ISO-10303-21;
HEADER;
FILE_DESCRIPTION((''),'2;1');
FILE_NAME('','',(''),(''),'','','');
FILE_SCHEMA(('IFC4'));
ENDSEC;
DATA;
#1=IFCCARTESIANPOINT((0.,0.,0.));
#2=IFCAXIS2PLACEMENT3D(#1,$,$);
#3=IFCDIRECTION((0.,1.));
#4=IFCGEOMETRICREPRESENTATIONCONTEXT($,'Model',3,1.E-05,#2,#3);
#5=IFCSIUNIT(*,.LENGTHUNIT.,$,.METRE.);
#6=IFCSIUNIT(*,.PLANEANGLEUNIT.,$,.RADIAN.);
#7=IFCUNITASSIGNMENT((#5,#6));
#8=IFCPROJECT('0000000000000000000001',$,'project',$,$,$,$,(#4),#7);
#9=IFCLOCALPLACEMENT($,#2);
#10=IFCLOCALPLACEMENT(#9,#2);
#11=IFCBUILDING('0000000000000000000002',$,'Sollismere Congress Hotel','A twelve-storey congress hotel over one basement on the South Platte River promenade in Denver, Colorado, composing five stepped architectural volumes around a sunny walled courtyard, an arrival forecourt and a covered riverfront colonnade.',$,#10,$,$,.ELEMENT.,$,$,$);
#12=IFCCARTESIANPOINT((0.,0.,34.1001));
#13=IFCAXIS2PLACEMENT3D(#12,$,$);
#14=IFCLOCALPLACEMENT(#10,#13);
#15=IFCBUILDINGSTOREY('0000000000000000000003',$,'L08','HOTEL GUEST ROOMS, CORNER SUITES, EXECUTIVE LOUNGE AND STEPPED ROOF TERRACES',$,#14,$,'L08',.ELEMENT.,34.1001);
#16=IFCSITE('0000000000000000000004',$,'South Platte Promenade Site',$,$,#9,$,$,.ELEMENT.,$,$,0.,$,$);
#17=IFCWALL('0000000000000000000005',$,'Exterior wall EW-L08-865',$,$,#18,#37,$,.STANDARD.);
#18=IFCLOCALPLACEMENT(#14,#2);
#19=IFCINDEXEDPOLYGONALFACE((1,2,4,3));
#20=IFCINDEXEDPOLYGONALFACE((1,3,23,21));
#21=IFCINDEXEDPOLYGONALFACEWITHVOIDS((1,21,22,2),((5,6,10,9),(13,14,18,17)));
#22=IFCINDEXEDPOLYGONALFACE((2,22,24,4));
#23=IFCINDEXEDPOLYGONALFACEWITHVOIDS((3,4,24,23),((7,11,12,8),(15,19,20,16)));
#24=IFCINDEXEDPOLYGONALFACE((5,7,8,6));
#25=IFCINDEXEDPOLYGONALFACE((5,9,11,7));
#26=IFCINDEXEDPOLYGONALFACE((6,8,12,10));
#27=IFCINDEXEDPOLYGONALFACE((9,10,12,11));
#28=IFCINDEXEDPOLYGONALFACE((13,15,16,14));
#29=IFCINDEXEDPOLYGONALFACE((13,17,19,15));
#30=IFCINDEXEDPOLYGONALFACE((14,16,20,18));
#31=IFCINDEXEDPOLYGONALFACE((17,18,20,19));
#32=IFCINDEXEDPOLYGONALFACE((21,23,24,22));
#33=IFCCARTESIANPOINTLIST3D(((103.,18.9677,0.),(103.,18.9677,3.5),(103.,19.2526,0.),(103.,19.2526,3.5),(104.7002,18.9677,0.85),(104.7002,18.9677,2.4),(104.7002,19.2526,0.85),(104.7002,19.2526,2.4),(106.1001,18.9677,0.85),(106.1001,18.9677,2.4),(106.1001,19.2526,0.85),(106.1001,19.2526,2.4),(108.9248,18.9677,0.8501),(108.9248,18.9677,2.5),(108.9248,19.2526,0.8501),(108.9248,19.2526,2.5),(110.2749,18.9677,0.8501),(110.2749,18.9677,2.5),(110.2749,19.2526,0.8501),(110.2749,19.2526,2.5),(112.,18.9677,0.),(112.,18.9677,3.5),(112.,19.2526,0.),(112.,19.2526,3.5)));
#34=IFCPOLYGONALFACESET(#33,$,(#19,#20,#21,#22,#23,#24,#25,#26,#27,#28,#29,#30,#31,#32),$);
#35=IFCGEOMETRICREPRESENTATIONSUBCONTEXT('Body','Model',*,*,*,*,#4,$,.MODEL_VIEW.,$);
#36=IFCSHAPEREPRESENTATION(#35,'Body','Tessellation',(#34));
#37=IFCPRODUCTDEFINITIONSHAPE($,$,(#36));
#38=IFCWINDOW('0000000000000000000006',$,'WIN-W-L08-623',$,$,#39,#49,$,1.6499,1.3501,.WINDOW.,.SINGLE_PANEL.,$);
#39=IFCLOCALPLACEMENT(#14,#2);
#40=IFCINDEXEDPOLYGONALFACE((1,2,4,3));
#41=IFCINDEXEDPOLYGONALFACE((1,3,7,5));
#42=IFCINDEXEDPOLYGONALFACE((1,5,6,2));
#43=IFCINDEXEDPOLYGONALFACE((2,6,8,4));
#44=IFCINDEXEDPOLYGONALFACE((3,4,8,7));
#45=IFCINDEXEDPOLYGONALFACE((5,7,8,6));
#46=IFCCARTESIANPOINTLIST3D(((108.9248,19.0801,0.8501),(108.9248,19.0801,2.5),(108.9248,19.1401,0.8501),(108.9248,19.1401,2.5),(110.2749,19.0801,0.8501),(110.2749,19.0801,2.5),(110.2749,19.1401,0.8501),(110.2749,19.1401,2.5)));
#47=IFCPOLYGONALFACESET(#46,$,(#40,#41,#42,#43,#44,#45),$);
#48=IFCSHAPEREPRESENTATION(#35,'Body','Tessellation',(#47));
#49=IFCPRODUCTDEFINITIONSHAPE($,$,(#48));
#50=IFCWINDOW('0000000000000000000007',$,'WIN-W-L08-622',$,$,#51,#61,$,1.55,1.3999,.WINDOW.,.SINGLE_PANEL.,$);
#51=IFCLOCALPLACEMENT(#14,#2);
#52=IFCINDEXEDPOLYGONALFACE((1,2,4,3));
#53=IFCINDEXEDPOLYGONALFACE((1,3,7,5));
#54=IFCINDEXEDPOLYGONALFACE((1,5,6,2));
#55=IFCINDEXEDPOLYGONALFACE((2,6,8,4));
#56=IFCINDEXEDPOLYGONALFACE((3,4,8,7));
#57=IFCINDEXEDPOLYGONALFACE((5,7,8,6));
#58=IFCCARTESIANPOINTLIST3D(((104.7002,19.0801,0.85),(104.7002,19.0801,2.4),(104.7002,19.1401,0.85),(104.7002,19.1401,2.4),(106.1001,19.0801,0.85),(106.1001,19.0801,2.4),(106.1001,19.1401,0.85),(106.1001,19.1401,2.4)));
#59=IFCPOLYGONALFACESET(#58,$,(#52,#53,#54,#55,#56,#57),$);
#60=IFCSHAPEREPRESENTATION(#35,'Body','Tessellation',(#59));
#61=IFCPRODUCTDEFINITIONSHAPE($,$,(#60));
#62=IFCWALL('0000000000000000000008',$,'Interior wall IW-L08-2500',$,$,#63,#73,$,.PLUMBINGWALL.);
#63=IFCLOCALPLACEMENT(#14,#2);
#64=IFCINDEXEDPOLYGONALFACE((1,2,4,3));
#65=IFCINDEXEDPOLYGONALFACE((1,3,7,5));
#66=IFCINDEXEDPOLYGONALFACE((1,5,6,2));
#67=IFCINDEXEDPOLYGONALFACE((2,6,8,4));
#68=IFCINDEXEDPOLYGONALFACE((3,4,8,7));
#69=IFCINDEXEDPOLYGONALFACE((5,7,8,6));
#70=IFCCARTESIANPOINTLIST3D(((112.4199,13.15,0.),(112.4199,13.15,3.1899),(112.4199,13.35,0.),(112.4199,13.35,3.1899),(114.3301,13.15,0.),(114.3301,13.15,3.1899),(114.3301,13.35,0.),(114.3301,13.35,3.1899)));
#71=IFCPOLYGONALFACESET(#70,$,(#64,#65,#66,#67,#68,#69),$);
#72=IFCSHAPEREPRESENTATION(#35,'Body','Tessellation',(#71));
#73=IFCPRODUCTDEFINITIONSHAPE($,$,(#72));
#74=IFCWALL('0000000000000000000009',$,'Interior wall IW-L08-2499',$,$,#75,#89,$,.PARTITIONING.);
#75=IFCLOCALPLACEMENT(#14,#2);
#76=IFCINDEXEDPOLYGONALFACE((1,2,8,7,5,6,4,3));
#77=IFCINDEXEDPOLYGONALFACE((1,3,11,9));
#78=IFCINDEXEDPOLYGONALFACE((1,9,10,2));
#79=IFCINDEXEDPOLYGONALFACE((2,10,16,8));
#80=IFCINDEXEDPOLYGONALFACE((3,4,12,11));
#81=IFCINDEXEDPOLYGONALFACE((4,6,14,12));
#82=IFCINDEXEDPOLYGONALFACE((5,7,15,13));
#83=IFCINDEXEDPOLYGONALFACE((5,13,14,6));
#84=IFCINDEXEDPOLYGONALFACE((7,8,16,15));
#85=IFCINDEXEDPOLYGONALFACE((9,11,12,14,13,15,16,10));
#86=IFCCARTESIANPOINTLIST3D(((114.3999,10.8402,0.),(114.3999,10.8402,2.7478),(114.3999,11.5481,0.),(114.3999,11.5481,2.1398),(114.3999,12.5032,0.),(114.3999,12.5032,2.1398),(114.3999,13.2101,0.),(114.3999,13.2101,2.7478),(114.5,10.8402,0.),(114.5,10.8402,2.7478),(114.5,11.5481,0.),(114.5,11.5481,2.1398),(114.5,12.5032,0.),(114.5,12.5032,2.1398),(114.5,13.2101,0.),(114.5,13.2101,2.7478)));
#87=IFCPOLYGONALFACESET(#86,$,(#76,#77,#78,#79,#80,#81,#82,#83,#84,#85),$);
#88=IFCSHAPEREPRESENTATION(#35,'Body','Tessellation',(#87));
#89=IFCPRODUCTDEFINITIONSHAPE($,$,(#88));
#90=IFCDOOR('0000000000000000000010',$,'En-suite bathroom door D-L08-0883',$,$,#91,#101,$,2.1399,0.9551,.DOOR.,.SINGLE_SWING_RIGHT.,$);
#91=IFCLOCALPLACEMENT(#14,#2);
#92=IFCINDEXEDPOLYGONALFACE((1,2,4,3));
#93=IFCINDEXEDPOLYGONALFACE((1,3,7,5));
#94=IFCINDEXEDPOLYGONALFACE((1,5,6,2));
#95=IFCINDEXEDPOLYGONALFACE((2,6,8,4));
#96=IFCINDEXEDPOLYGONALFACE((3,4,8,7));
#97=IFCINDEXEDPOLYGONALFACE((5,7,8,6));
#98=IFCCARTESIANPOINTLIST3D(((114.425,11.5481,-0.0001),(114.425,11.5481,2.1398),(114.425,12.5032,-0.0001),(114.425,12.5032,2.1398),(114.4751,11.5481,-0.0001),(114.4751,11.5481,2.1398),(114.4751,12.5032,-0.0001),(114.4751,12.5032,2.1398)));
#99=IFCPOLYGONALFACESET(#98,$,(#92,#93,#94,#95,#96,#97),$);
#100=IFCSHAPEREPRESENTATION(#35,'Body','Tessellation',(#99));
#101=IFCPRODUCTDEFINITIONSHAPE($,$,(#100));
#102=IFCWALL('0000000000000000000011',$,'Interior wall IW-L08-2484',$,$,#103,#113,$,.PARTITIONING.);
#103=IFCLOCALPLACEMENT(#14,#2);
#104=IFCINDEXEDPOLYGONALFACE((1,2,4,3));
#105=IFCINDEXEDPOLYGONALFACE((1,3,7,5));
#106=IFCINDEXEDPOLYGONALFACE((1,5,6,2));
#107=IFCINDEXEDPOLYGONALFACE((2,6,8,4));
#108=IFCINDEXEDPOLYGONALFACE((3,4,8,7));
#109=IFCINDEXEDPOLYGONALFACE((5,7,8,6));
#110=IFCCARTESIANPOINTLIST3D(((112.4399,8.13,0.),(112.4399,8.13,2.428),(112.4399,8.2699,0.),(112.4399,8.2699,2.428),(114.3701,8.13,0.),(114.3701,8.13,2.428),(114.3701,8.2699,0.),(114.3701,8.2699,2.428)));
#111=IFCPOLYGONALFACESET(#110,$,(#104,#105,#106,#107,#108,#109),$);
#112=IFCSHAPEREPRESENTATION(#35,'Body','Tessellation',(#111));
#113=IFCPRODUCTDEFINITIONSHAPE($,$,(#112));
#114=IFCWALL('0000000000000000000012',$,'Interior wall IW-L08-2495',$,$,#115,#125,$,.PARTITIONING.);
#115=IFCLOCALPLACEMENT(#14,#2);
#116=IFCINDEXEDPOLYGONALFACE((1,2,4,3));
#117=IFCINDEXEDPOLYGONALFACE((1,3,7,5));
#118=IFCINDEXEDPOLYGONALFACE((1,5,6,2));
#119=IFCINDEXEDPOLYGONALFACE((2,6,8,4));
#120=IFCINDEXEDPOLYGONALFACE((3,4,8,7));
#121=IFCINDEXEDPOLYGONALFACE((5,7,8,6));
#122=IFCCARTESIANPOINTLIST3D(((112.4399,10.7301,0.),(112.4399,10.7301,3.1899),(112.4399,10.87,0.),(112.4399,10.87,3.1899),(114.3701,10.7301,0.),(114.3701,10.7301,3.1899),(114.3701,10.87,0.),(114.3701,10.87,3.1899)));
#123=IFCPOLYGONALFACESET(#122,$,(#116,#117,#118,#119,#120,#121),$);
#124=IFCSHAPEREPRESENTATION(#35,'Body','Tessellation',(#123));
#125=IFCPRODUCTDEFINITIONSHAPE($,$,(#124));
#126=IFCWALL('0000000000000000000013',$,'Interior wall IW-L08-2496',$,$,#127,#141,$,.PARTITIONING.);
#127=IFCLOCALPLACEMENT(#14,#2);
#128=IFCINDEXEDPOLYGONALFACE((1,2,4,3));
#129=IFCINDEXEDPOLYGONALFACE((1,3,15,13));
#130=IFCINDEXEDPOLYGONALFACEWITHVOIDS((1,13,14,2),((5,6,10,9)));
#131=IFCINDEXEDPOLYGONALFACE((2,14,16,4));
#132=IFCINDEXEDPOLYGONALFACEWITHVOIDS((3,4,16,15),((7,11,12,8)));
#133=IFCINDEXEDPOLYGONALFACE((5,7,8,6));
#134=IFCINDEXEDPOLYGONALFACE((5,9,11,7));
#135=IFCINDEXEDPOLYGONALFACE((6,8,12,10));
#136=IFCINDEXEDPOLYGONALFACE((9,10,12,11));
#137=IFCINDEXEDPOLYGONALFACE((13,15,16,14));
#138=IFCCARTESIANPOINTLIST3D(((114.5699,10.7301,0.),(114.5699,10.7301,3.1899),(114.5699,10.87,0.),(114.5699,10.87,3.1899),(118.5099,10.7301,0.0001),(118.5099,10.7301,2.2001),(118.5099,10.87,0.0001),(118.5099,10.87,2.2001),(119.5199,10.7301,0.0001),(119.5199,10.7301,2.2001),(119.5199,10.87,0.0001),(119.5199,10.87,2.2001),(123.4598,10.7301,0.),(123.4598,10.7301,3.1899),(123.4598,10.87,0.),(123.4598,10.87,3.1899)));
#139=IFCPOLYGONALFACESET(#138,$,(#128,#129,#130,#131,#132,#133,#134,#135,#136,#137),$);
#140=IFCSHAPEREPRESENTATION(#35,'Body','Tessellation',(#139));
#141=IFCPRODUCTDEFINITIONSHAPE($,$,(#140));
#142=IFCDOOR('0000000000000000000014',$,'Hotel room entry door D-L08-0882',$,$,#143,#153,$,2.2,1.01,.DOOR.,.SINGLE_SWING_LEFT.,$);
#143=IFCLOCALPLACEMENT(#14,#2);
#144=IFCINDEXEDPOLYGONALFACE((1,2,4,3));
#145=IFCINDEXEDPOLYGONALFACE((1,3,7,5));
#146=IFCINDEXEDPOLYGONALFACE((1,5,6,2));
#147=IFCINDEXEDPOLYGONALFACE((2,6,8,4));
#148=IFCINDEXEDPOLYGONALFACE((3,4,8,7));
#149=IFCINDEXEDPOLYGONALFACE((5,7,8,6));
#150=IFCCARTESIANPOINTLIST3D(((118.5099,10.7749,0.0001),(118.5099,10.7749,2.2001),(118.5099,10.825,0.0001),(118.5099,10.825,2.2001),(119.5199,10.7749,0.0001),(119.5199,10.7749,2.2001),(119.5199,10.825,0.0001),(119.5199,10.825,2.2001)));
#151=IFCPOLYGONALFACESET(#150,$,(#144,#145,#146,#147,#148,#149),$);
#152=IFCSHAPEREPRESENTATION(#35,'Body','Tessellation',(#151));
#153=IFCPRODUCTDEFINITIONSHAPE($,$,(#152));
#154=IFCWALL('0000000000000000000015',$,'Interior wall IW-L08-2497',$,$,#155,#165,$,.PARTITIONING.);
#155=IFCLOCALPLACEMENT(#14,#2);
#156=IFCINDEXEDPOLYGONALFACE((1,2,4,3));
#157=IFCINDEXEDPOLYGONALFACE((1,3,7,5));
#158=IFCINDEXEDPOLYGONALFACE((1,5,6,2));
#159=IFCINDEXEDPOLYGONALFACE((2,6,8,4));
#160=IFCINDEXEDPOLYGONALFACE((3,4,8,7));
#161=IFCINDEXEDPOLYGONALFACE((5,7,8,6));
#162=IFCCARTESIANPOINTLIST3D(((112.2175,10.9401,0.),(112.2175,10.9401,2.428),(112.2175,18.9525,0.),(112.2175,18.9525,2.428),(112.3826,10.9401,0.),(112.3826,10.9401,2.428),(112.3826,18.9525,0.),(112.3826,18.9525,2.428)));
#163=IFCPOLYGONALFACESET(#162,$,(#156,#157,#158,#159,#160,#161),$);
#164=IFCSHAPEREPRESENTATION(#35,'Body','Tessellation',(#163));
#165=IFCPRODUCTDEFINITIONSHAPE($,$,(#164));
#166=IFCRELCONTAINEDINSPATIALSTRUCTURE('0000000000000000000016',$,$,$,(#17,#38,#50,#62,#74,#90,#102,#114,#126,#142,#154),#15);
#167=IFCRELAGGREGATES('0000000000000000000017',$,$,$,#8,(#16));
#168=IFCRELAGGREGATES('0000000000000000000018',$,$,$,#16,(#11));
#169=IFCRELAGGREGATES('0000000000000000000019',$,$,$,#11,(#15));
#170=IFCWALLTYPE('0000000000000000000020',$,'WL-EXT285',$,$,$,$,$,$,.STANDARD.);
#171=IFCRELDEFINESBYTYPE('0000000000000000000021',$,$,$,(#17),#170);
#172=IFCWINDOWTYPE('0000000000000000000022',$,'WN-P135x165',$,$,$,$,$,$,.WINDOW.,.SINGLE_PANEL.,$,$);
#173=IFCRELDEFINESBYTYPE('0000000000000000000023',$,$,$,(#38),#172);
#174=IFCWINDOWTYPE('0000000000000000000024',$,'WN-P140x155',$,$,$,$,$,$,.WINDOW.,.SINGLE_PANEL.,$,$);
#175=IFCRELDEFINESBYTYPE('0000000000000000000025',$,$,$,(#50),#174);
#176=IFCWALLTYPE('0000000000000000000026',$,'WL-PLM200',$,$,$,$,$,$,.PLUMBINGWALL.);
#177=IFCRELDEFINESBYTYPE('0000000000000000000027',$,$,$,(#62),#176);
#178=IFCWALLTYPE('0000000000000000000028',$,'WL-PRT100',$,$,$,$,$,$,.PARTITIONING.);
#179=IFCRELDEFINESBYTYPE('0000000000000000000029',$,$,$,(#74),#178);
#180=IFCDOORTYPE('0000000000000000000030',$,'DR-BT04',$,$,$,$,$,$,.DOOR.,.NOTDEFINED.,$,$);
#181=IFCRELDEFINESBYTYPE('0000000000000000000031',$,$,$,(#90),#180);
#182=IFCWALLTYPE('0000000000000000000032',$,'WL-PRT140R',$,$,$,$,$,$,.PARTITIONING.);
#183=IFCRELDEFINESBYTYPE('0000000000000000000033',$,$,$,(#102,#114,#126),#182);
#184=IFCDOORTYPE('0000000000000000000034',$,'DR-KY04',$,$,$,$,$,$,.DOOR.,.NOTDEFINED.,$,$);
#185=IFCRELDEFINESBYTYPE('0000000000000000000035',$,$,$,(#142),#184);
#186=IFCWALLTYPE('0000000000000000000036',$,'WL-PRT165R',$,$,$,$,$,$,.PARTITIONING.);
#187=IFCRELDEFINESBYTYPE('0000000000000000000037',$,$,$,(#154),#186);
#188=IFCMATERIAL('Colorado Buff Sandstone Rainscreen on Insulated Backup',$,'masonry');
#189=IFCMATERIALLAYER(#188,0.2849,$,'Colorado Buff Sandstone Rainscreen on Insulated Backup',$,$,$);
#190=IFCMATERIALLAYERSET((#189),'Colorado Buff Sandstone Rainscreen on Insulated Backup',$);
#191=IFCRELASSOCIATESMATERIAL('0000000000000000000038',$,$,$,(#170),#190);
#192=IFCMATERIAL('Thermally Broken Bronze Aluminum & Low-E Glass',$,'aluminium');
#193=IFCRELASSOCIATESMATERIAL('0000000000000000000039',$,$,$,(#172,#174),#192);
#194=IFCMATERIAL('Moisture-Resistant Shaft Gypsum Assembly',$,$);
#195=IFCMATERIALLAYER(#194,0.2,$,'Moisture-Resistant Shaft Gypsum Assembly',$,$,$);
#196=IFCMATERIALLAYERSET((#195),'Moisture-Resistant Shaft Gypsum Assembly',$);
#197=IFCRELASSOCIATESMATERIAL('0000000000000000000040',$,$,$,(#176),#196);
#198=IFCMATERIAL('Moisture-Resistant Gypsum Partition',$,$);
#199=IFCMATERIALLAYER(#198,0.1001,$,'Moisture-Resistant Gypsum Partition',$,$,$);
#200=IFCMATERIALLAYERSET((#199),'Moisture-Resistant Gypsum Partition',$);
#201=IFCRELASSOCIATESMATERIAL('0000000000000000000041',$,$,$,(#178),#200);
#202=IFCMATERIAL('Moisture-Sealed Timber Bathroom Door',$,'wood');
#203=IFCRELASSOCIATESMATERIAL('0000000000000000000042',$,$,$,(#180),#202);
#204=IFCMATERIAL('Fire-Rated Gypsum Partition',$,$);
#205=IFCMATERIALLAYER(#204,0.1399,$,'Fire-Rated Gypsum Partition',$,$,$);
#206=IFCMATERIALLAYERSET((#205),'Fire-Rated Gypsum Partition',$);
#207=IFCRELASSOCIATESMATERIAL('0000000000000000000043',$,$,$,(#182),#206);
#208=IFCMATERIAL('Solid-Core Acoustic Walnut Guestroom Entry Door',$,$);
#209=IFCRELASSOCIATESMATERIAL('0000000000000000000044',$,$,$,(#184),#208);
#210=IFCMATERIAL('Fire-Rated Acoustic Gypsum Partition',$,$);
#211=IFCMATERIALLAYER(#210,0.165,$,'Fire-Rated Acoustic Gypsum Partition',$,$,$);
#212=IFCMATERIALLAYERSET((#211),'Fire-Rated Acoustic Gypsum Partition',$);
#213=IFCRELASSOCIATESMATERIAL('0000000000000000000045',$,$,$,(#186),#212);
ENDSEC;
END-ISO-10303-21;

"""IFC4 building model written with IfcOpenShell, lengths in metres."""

from ifc_helpers import new_model, si_unit, direction, frame, frame_2d, origin, place, context, subcontext, project, spatial, rectangle, extrude, material, layer, layer_set, type_object, element, fill, save


model = new_model("IFC4")

# Units and contexts
model_context = context("Model", 3, precision=1e-05, world=origin(), true_north=direction((0.0, 1.0)))
body_context = subcontext(model_context, "Body", "Model", "MODEL_VIEW")
ifc_project = project(units=[si_unit("LENGTHUNIT", "METRE"), si_unit("PLANEANGLEUNIT", "RADIAN")], contexts=[model_context])

# Site, building, storey
site_placement = place(None, origin())
site = spatial("IfcSite", under=ifc_project, at=site_placement, Name="South Platte Promenade Site", CompositionType="ELEMENT", RefElevation=0.0)
building_placement = place(site_placement, origin())
building = spatial("IfcBuilding", under=site, at=building_placement, Name="Sollismere Congress Hotel", Description="A twelve-storey congress hotel over one basement on the South Platte River promenade in Denver, Colorado, composing five stepped architectural volumes around a sunny walled courtyard, an arrival forecourt and a covered riverfront colonnade.", CompositionType="ELEMENT")
storey_placement = place(building_placement, frame((0.0, 0.0, 34.1001)))
storey = spatial("IfcBuildingStorey", under=building, at=storey_placement, Name="L08", Description="HOTEL GUEST ROOMS, CORNER SUITES, EXECUTIVE LOUNGE AND STEPPED ROOF TERRACES", LongName="L08", CompositionType="ELEMENT", Elevation=34.1001)

# Wall, openings, windows
ifc_material_1 = material(Name="Colorado Buff Sandstone Rainscreen on Insulated Backup", Category="masonry")
ifc_layer_1 = layer(ifc_material_1, 0.2849, Name="Colorado Buff Sandstone Rainscreen on Insulated Backup")
ifc_layer_set_1 = layer_set([ifc_layer_1], Name="Colorado Buff Sandstone Rainscreen on Insulated Backup")
wall_type_1 = type_object("IfcWallType", Name="WL-EXT285", PredefinedType="STANDARD", material=ifc_layer_set_1)
wall_1_placement = place(storey_placement, frame((112.0, 19.1101, 0.0), z_axis=(0.0, 0.0, 1.0), x_axis=(-1.0, 0.0, 0.0)))
wall_1 = element("IfcWall", 1, at=wall_1_placement, inside=storey, type_object=wall_type_1, Name="Exterior wall EW-L08-865", PredefinedType="STANDARD", context=body_context, shape_type="SweptSolid", body=[
    extrude(rectangle(XDim=9.0, YDim=0.2849, at=frame_2d((4.5, 0.0))), origin(), (0.0, 0.0, 1.0), 3.5),
])
opening_1_placement = place(wall_1_placement, frame((5.8999, 0.0, 0.8501)))
opening_1 = element("IfcOpeningElement", 2, at=opening_1_placement, cuts=wall_1, PredefinedType="OPENING", context=body_context, shape_type="SweptSolid", body=[
    extrude(rectangle(XDim=1.3999, YDim=1.55, at=frame_2d((0.7, 0.7749))), frame((0.0, 0.1523, 0.0), z_axis=(0.0, -1.0, 0.0), x_axis=(1.0, 0.0, 0.0)), (0.0, 0.0, 1.0), 0.3049),
])
opening_2_placement = place(wall_1_placement, frame((1.7251, 0.0, 0.8501)))
opening_2 = element("IfcOpeningElement", 3, at=opening_2_placement, cuts=wall_1, PredefinedType="OPENING", context=body_context, shape_type="SweptSolid", body=[
    extrude(rectangle(XDim=1.3501, YDim=1.6499, at=frame_2d((0.675, 0.825))), frame((0.0, 0.1523, 0.0), z_axis=(0.0, -1.0, 0.0), x_axis=(1.0, 0.0, 0.0)), (0.0, 0.0, 1.0), 0.3049),
])
ifc_material_2 = material(Name="Thermally Broken Bronze Aluminum & Low-E Glass", Category="aluminium")
window_type_1 = type_object("IfcWindowType", Name="WN-P135x165", PartitioningType="SINGLE_PANEL", PredefinedType="WINDOW", material=ifc_material_2)
window_1_placement = place(opening_2_placement, origin())
window_1 = element("IfcWindow", 4, at=window_1_placement, inside=storey, type_object=window_type_1, Name="WIN-W-L08-623", OverallHeight=1.6499, OverallWidth=1.3501, PartitioningType="SINGLE_PANEL", PredefinedType="WINDOW", context=body_context, shape_type="SweptSolid", body=[
    extrude(rectangle(XDim=1.3501, YDim=1.6499, at=frame_2d((0.675, 0.825))), frame((0.0, 0.03, 0.0), z_axis=(0.0, -1.0, 0.0), x_axis=(1.0, 0.0, 0.0)), (0.0, 0.0, 1.0), 0.0601),
])
fill(opening_2, window_1)
window_type_2 = type_object("IfcWindowType", Name="WN-P140x155", PartitioningType="SINGLE_PANEL", PredefinedType="WINDOW", material=ifc_material_2)
window_2_placement = place(opening_1_placement, origin())
window_2 = element("IfcWindow", 5, at=window_2_placement, inside=storey, type_object=window_type_2, Name="WIN-W-L08-622", OverallHeight=1.55, OverallWidth=1.3999, PartitioningType="SINGLE_PANEL", PredefinedType="WINDOW", context=body_context, shape_type="SweptSolid", body=[
    extrude(rectangle(XDim=1.3999, YDim=1.55, at=frame_2d((0.7, 0.7749))), frame((0.0, 0.03, 0.0), z_axis=(0.0, -1.0, 0.0), x_axis=(1.0, 0.0, 0.0)), (0.0, 0.0, 1.0), 0.0601),
])
fill(opening_1, window_2)

# Wall
ifc_material_3 = material(Name="Moisture-Resistant Shaft Gypsum Assembly")
ifc_layer_2 = layer(ifc_material_3, 0.2, Name="Moisture-Resistant Shaft Gypsum Assembly")
ifc_layer_set_2 = layer_set([ifc_layer_2], Name="Moisture-Resistant Shaft Gypsum Assembly")
wall_type_2 = type_object("IfcWallType", Name="WL-PLM200", PredefinedType="PLUMBINGWALL", material=ifc_layer_set_2)
wall_2_placement = place(storey_placement, frame((112.4199, 13.25, 0.0), z_axis=(0.0, 0.0, 1.0), x_axis=(1.0, 0.0, 0.0)))
element("IfcWall", 6, at=wall_2_placement, inside=storey, type_object=wall_type_2, Name="Interior wall IW-L08-2500", PredefinedType="PLUMBINGWALL", context=body_context, shape_type="SweptSolid", body=[
    extrude(rectangle(XDim=1.9102, YDim=0.2, at=frame_2d((0.9551, 0.0))), origin(), (0.0, 0.0, 1.0), 3.1899),
])

# Wall, opening, door
ifc_material_4 = material(Name="Moisture-Resistant Gypsum Partition")
ifc_layer_3 = layer(ifc_material_4, 0.1001, Name="Moisture-Resistant Gypsum Partition")
ifc_layer_set_3 = layer_set([ifc_layer_3], Name="Moisture-Resistant Gypsum Partition")
wall_type_3 = type_object("IfcWallType", Name="WL-PRT100", PredefinedType="PARTITIONING", material=ifc_layer_set_3)
wall_3_placement = place(storey_placement, frame((114.45, 10.8401, 0.0), z_axis=(0.0, 0.0, 1.0), x_axis=(0.0, 1.0, 0.0)))
wall_3 = element("IfcWall", 7, at=wall_3_placement, inside=storey, type_object=wall_type_3, Name="Interior wall IW-L08-2499", PredefinedType="PARTITIONING", context=body_context, shape_type="SweptSolid", body=[
    extrude(rectangle(XDim=2.3699, YDim=0.1001, at=frame_2d((1.1851, 0.0))), origin(), (0.0, 0.0, 1.0), 2.7478),
])
opening_3_placement = place(wall_3_placement, frame((0.708, 0.0, 0.0)))
opening_3 = element("IfcOpeningElement", 8, at=opening_3_placement, cuts=wall_3, PredefinedType="OPENING", context=body_context, shape_type="SweptSolid", body=[
    extrude(rectangle(XDim=0.9551, YDim=2.1399, at=frame_2d((0.4775, 1.0698))), frame((0.0, 0.0601, 0.0), z_axis=(0.0, -1.0, 0.0), x_axis=(1.0, 0.0, 0.0)), (0.0, 0.0, 1.0), 0.1201),
])
ifc_material_5 = material(Name="Moisture-Sealed Timber Bathroom Door", Category="wood")
door_type_1 = type_object("IfcDoorType", Name="DR-BT04", OperationType="NOTDEFINED", PredefinedType="DOOR", material=ifc_material_5)
door_1_placement = place(opening_3_placement, origin())
door_1 = element("IfcDoor", 9, at=door_1_placement, inside=storey, type_object=door_type_1, Name="En-suite bathroom door D-L08-0883", OperationType="SINGLE_SWING_RIGHT", OverallHeight=2.1399, OverallWidth=0.9551, PredefinedType="DOOR", context=body_context, shape_type="SweptSolid", body=[
    extrude(rectangle(XDim=0.9551, YDim=2.1399, at=frame_2d((0.4775, 1.0698))), frame((0.0, 0.0249, 0.0), z_axis=(0.0, -1.0, 0.0), x_axis=(1.0, 0.0, 0.0)), (0.0, 0.0, 1.0), 0.05),
])
fill(opening_3, door_1)

# Wall
ifc_material_6 = material(Name="Fire-Rated Gypsum Partition")
ifc_layer_4 = layer(ifc_material_6, 0.1399, Name="Fire-Rated Gypsum Partition")
ifc_layer_set_4 = layer_set([ifc_layer_4], Name="Fire-Rated Gypsum Partition")
wall_type_4 = type_object("IfcWallType", Name="WL-PRT140R", PredefinedType="PARTITIONING", material=ifc_layer_set_4)
wall_4_placement = place(storey_placement, frame((112.4399, 8.2, 0.0), z_axis=(0.0, 0.0, 1.0), x_axis=(1.0, 0.0, 0.0)))
element("IfcWall", 10, at=wall_4_placement, inside=storey, type_object=wall_type_4, Name="Interior wall IW-L08-2484", PredefinedType="PARTITIONING", context=body_context, shape_type="SweptSolid", body=[
    extrude(rectangle(XDim=1.9302, YDim=0.1399, at=frame_2d((0.9651, 0.0))), origin(), (0.0, 0.0, 1.0), 2.428),
])

# Shared definitions
ifc_material_7 = material(Name="Solid-Core Acoustic Walnut Guestroom Entry Door")

# Wall
wall_5_placement = place(storey_placement, frame((112.4399, 10.8, 0.0), z_axis=(0.0, 0.0, 1.0), x_axis=(1.0, 0.0, 0.0)))
element("IfcWall", 11, at=wall_5_placement, inside=storey, type_object=wall_type_4, Name="Interior wall IW-L08-2495", PredefinedType="PARTITIONING", context=body_context, shape_type="SweptSolid", body=[
    extrude(rectangle(XDim=1.9302, YDim=0.1399, at=frame_2d((0.9651, 0.0))), origin(), (0.0, 0.0, 1.0), 3.1899),
])

# Wall, opening, door
wall_6_placement = place(storey_placement, frame((114.5701, 10.8, 0.0), z_axis=(0.0, 0.0, 1.0), x_axis=(1.0, 0.0, 0.0)))
wall_6 = element("IfcWall", 12, at=wall_6_placement, inside=storey, type_object=wall_type_4, Name="Interior wall IW-L08-2496", PredefinedType="PARTITIONING", context=body_context, shape_type="SweptSolid", body=[
    extrude(rectangle(XDim=8.8899, YDim=0.1399, at=frame_2d((4.4448, 0.0))), origin(), (0.0, 0.0, 1.0), 3.1899),
])
opening_4_placement = place(wall_6_placement, frame((3.9399, 0.0, 0.0)))
opening_4 = element("IfcOpeningElement", 13, at=opening_4_placement, cuts=wall_6, PredefinedType="OPENING", context=body_context, shape_type="SweptSolid", body=[
    extrude(rectangle(XDim=1.01, YDim=2.2, at=frame_2d((0.5049, 1.1001))), frame((0.0, 0.0798, 0.0), z_axis=(0.0, -1.0, 0.0), x_axis=(1.0, 0.0, 0.0)), (0.0, 0.0, 1.0), 0.1599),
])
door_type_2 = type_object("IfcDoorType", Name="DR-KY04", OperationType="NOTDEFINED", PredefinedType="DOOR", material=ifc_material_7)
door_2_placement = place(opening_4_placement, origin())
door_2 = element("IfcDoor", 14, at=door_2_placement, inside=storey, type_object=door_type_2, Name="Hotel room entry door D-L08-0882", OperationType="SINGLE_SWING_LEFT", OverallHeight=2.2, OverallWidth=1.01, PredefinedType="DOOR", context=body_context, shape_type="SweptSolid", body=[
    extrude(rectangle(XDim=1.01, YDim=2.2, at=frame_2d((0.5049, 1.1001))), frame((0.0, 0.0249, 0.0), z_axis=(0.0, -1.0, 0.0), x_axis=(1.0, 0.0, 0.0)), (0.0, 0.0, 1.0), 0.05),
])
fill(opening_4, door_2)

# Wall
ifc_material_8 = material(Name="Fire-Rated Acoustic Gypsum Partition")
ifc_layer_5 = layer(ifc_material_8, 0.165, Name="Fire-Rated Acoustic Gypsum Partition")
ifc_layer_set_5 = layer_set([ifc_layer_5], Name="Fire-Rated Acoustic Gypsum Partition")
wall_type_5 = type_object("IfcWallType", Name="WL-PRT165R", PredefinedType="PARTITIONING", material=ifc_layer_set_5)
wall_7_placement = place(storey_placement, frame((112.3, 10.9399, 0.0), z_axis=(0.0, 0.0, 1.0), x_axis=(0.0, 1.0, 0.0)))
element("IfcWall", 15, at=wall_7_placement, inside=storey, type_object=wall_type_5, Name="Interior wall IW-L08-2497", PredefinedType="PARTITIONING", context=body_context, shape_type="SweptSolid", body=[
    extrude(rectangle(XDim=8.0125, YDim=0.165, at=frame_2d((4.0063, 0.0))), origin(), (0.0, 0.0, 1.0), 2.428),
])

save(model, "model.ifc")
